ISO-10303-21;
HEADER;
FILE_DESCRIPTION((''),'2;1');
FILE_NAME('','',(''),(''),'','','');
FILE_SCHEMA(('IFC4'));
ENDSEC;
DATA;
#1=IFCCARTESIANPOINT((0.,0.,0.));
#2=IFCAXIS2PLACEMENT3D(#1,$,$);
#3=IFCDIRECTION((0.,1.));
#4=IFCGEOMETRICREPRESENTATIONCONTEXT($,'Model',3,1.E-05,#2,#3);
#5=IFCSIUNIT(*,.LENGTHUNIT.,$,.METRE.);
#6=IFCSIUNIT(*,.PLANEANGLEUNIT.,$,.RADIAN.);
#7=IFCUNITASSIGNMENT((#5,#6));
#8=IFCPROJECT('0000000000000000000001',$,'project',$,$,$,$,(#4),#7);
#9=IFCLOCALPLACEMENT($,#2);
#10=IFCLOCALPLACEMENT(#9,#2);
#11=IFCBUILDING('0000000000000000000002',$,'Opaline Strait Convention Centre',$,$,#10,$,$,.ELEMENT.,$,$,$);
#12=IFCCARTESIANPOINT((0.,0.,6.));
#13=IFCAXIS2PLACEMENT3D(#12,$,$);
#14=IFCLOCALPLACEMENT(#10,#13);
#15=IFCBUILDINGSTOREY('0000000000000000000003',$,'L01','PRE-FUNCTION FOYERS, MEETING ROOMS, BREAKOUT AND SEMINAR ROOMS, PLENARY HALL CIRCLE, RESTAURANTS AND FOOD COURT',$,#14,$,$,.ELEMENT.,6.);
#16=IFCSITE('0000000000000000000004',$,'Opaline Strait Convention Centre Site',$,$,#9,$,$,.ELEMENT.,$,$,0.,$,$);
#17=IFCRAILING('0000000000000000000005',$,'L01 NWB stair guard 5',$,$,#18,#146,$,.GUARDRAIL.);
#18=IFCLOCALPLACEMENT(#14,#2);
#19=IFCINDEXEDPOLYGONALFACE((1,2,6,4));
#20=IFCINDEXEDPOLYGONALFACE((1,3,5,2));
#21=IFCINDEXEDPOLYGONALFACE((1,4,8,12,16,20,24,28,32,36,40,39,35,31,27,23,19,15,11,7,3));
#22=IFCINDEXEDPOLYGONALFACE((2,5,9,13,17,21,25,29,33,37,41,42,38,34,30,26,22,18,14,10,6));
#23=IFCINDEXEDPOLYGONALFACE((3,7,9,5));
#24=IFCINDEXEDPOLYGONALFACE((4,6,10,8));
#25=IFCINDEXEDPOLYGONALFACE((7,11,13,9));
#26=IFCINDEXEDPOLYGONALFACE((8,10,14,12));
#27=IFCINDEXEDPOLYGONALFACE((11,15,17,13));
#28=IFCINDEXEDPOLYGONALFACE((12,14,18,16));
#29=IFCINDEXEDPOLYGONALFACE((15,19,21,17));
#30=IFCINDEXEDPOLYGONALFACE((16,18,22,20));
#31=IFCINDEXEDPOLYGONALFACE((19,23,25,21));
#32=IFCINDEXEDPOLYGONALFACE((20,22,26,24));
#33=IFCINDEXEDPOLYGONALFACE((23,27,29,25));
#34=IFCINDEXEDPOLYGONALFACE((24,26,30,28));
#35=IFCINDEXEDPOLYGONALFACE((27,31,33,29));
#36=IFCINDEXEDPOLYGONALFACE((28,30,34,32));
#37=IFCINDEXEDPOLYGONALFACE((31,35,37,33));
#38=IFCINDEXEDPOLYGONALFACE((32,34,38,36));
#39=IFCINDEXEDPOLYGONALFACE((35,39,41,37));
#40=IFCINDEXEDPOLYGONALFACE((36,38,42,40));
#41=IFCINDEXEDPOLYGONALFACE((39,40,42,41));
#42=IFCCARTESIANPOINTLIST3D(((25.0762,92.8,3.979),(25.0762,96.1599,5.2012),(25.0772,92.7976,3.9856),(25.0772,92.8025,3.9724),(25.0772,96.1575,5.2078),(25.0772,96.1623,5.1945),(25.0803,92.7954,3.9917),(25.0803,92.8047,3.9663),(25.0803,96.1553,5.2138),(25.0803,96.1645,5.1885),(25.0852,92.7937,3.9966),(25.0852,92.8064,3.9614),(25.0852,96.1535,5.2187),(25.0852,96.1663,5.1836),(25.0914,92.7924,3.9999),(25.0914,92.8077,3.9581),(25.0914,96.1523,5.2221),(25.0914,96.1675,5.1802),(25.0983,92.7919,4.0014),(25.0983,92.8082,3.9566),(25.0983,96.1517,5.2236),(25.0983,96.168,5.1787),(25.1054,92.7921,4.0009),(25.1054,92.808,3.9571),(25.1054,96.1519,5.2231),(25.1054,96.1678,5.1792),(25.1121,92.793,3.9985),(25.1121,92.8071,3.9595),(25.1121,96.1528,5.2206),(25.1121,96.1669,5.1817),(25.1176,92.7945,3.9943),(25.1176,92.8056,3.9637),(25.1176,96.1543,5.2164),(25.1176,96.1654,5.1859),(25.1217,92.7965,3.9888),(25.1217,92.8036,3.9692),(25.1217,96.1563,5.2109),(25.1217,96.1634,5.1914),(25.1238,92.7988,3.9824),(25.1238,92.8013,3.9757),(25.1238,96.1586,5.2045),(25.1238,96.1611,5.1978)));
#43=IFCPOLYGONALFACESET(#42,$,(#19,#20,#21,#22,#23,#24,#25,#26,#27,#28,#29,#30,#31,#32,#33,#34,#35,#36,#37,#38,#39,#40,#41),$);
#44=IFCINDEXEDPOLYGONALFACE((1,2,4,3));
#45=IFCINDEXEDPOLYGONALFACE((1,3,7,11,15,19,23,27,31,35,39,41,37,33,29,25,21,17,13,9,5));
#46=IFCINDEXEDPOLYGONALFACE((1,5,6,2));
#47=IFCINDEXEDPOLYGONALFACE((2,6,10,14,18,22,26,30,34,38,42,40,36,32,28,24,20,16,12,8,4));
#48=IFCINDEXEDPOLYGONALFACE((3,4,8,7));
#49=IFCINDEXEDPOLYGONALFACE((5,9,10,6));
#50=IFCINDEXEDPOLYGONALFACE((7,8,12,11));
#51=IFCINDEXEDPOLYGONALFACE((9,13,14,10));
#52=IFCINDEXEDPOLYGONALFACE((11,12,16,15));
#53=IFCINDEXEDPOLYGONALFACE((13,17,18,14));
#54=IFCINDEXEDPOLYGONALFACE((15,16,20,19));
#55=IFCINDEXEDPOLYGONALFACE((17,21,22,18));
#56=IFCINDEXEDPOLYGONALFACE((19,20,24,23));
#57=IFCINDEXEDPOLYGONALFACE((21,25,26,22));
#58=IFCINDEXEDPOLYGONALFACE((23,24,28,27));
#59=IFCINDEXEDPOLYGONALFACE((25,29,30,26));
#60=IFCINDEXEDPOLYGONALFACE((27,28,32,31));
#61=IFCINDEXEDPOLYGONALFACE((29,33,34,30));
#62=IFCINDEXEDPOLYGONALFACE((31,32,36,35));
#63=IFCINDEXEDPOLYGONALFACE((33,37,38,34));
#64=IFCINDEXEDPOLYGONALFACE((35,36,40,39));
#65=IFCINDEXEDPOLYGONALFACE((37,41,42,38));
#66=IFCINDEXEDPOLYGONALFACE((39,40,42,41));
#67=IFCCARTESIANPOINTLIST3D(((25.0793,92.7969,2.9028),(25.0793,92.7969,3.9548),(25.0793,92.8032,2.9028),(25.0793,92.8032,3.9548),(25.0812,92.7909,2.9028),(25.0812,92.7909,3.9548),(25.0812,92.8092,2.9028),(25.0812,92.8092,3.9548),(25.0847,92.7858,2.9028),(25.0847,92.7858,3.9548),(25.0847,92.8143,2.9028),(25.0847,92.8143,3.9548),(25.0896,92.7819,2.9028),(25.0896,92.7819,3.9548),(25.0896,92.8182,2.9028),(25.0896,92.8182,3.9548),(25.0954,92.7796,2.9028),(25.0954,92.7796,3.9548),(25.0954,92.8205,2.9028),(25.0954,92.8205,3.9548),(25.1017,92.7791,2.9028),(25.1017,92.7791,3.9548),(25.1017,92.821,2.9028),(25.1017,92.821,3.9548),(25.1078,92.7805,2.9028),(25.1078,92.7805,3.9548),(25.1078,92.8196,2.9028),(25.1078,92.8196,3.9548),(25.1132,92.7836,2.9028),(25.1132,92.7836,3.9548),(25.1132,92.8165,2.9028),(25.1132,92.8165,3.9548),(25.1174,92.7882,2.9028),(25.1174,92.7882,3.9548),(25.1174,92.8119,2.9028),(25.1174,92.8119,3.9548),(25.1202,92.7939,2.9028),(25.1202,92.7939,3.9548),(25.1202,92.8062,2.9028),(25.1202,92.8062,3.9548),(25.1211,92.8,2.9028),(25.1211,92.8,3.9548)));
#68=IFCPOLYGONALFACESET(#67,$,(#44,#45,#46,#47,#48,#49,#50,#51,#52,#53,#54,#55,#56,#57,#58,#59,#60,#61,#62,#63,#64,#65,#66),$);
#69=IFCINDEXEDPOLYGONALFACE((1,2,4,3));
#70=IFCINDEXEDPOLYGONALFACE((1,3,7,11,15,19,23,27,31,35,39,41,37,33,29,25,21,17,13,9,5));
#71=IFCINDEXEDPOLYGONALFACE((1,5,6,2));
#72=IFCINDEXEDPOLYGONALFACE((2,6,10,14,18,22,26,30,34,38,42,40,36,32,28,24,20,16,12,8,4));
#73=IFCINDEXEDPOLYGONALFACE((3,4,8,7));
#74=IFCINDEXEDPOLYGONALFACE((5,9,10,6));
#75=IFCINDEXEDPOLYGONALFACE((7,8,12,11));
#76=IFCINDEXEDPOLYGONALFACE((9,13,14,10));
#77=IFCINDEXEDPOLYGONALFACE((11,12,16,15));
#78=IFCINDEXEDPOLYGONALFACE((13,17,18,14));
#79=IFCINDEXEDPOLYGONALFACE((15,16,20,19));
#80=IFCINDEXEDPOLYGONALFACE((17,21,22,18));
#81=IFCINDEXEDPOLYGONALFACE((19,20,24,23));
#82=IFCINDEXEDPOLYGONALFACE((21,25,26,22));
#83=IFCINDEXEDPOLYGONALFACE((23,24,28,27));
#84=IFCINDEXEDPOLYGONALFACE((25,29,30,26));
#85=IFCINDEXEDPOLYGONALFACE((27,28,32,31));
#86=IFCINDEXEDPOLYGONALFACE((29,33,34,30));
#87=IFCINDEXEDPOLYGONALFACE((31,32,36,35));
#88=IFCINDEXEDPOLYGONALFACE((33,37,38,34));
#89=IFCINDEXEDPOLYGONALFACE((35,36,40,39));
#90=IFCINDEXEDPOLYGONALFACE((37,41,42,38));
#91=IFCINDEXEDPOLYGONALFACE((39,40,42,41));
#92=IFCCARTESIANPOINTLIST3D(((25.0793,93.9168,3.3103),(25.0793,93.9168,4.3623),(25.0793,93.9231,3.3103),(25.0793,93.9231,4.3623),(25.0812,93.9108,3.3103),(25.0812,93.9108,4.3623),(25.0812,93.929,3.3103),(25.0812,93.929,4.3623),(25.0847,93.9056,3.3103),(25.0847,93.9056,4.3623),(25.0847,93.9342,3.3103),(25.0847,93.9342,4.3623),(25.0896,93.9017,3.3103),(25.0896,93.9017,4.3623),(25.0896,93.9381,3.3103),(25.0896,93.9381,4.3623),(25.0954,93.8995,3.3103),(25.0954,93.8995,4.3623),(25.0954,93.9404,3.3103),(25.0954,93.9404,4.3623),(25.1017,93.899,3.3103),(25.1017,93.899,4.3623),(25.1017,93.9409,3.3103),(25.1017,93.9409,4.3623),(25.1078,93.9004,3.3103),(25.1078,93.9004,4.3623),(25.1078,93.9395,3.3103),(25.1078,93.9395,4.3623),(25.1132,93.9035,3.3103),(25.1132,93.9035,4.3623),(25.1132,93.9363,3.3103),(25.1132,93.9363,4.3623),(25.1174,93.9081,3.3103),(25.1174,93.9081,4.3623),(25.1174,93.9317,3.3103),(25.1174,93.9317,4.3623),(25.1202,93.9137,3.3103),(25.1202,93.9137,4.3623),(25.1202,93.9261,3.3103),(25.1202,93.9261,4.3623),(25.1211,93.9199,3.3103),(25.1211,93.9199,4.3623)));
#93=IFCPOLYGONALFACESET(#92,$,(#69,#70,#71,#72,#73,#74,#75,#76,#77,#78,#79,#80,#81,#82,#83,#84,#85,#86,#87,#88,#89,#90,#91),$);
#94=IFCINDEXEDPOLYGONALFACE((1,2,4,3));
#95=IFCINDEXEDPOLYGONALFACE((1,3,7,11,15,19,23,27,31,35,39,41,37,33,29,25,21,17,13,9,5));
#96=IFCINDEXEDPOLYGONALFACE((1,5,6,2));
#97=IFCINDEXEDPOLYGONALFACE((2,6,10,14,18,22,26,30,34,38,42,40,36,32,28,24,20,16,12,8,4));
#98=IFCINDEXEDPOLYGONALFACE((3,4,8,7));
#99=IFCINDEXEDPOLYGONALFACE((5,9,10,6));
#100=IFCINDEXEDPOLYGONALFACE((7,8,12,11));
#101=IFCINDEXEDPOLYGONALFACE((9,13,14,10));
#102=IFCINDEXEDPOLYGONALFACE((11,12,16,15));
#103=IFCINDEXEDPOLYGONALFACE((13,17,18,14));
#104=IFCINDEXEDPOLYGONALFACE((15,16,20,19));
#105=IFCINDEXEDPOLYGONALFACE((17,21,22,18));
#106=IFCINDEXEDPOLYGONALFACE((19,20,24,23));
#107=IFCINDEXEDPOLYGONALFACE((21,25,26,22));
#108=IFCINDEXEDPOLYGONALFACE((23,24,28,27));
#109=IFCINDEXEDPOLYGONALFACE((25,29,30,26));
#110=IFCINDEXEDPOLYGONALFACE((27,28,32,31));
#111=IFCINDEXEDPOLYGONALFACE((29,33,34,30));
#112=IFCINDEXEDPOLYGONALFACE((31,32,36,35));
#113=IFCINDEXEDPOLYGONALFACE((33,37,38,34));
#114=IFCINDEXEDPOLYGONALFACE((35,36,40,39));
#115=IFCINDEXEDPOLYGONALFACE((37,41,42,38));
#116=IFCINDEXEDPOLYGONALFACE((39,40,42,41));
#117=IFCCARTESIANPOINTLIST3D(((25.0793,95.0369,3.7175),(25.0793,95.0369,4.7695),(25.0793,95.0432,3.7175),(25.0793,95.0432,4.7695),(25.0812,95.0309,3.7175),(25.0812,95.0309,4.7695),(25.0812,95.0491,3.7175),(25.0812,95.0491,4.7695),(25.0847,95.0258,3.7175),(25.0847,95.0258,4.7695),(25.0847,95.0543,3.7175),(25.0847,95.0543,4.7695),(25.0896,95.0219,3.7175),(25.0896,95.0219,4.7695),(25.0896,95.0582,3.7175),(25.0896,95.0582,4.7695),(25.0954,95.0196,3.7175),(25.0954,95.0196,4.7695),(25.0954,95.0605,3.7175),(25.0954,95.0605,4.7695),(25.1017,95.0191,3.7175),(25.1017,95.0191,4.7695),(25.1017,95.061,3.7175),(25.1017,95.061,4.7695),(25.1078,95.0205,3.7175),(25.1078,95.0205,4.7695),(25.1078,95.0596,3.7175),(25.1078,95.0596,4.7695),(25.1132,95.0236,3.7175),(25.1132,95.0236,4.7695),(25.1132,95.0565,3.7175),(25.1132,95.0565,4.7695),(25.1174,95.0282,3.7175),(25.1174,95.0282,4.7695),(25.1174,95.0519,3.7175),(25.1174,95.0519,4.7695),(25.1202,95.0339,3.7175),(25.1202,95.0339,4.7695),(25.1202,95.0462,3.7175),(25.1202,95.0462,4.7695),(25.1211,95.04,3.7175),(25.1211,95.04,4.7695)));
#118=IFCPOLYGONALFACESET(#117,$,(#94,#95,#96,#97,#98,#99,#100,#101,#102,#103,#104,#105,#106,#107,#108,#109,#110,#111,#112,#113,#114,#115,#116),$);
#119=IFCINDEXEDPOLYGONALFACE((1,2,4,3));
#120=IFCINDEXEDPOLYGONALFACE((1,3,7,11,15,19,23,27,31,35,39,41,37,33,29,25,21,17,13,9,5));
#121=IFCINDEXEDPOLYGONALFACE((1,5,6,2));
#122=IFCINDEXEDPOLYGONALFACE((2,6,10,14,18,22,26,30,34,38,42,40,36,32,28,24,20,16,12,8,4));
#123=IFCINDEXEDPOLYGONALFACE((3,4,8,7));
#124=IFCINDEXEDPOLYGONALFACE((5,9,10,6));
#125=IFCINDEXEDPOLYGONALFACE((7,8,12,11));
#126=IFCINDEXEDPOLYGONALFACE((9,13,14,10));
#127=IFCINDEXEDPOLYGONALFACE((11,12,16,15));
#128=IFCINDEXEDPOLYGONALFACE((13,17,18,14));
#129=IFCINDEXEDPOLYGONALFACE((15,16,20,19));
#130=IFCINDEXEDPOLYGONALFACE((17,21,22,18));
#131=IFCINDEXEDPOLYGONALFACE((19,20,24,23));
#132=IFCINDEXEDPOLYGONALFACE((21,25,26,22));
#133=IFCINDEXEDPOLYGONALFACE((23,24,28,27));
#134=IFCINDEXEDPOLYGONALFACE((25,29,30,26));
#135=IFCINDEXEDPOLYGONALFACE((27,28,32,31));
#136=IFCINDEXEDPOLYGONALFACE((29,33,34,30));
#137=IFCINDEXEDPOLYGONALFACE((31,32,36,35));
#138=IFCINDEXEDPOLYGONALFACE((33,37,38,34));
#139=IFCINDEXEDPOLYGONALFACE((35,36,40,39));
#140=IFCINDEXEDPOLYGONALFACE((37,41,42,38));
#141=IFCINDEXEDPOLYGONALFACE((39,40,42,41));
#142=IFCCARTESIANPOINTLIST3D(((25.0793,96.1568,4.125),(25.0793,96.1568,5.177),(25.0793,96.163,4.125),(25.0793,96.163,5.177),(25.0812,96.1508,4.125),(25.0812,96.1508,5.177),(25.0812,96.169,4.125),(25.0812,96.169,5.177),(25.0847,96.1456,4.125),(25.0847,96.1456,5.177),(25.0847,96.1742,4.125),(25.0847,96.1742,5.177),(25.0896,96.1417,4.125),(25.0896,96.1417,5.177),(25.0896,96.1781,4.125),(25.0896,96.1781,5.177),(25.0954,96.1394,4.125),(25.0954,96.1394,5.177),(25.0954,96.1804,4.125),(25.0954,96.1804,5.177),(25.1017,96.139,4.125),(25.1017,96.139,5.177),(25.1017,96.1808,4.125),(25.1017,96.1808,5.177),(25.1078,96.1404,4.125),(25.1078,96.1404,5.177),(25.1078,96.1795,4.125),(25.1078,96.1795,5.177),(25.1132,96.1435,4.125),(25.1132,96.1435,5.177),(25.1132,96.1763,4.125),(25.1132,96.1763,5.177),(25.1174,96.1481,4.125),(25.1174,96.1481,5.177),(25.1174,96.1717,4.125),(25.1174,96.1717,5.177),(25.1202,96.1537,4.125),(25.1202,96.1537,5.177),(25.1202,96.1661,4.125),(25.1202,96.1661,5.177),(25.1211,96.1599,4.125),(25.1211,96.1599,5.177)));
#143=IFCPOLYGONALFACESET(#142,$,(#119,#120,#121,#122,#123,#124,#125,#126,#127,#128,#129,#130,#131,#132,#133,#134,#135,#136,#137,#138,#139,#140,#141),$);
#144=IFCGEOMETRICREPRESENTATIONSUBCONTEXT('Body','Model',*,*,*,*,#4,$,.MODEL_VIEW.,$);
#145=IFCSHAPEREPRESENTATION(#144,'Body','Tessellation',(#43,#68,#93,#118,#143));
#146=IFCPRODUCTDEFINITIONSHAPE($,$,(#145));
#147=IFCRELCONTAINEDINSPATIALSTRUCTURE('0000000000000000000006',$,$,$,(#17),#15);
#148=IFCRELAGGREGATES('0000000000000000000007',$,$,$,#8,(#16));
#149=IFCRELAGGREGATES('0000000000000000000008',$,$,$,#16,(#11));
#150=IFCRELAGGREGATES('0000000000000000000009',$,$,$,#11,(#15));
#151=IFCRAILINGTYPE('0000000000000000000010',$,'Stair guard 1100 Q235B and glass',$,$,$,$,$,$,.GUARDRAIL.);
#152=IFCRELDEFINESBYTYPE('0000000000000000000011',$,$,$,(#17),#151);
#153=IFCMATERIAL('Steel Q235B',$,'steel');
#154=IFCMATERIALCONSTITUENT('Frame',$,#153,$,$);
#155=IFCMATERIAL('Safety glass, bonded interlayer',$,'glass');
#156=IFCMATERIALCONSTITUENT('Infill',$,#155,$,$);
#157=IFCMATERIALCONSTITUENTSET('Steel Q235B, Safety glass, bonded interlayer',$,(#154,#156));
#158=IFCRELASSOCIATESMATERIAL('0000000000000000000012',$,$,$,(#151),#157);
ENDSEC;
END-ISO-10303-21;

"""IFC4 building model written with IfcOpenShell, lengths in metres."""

from ifc_helpers import new_model, si_unit, direction, frame, origin, origin_2d, place, context, subcontext, project, spatial, circle, extrude, material, constituent, constituent_set, type_object, element, save


model = new_model("IFC4")

# Units and contexts
model_context = context("Model", 3, precision=1e-05, world=origin(), true_north=direction((0.0, 1.0)))
body_context = subcontext(model_context, "Body", "Model", "MODEL_VIEW")
ifc_project = project(units=[si_unit("LENGTHUNIT", "METRE"), si_unit("PLANEANGLEUNIT", "RADIAN")], contexts=[model_context])

# Site, building, storey
site_placement = place(None, origin())
site = spatial("IfcSite", under=ifc_project, at=site_placement, Name="Opaline Strait Convention Centre Site", CompositionType="ELEMENT", RefElevation=0.0)
building_placement = place(site_placement, origin())
building = spatial("IfcBuilding", under=site, at=building_placement, Name="Opaline Strait Convention Centre", CompositionType="ELEMENT")
storey_placement = place(building_placement, frame((0.0, 0.0, 6.0)))
storey = spatial("IfcBuildingStorey", under=building, at=storey_placement, Name="L01", Description="PRE-FUNCTION FOYERS, MEETING ROOMS, BREAKOUT AND SEMINAR ROOMS, PLENARY HALL CIRCLE, RESTAURANTS AND FOOD COURT", CompositionType="ELEMENT", Elevation=6.0)

# Railing
ifc_material_1 = material(Name="Steel Q235B", Category="steel")
ifc_constituent_1 = constituent(ifc_material_1, Name="Frame")
ifc_material_2 = material(Name="Safety glass, bonded interlayer", Category="glass")
ifc_constituent_2 = constituent(ifc_material_2, Name="Infill")
ifc_constituent_set = constituent_set(constituents=[ifc_constituent_1, ifc_constituent_2], Name="Steel Q235B, Safety glass, bonded interlayer")
railing_type = type_object("IfcRailingType", Name="Stair guard 1100 Q235B and glass", PredefinedType="GUARDRAIL", material=ifc_constituent_set)
railing_1_placement = place(storey_placement, frame((25.1001, 92.8, 2.9028)))
element("IfcRailing", 1, at=railing_1_placement, inside=storey, type_object=railing_type, Name="L01 NWB stair guard 5", PredefinedType="GUARDRAIL", context=body_context, shape_type="SweptSolid", body=[
    extrude(circle(Radius=0.0239, at=origin_2d()), frame((0.0, 0.0, 1.0762), z_axis=(0.0, 0.939758, 0.341842), x_axis=(-1.0, 0.0, 0.0)), (0.0, 0.0, 1.0), 3.5752),
    extrude(circle(Radius=0.021, at=origin_2d()), origin(), (0.0, 0.0, 1.0), 1.052),
    extrude(circle(Radius=0.021, at=origin_2d()), frame((0.0, 1.1199, 0.4075)), (0.0, 0.0, 1.0), 1.052),
    extrude(circle(Radius=0.021, at=origin_2d()), frame((0.0, 2.24, 0.8147)), (0.0, 0.0, 1.0), 1.052),
    extrude(circle(Radius=0.021, at=origin_2d()), frame((0.0, 3.3599, 1.2222)), (0.0, 0.0, 1.0), 1.052),
])

save(model, "model.ifc")
